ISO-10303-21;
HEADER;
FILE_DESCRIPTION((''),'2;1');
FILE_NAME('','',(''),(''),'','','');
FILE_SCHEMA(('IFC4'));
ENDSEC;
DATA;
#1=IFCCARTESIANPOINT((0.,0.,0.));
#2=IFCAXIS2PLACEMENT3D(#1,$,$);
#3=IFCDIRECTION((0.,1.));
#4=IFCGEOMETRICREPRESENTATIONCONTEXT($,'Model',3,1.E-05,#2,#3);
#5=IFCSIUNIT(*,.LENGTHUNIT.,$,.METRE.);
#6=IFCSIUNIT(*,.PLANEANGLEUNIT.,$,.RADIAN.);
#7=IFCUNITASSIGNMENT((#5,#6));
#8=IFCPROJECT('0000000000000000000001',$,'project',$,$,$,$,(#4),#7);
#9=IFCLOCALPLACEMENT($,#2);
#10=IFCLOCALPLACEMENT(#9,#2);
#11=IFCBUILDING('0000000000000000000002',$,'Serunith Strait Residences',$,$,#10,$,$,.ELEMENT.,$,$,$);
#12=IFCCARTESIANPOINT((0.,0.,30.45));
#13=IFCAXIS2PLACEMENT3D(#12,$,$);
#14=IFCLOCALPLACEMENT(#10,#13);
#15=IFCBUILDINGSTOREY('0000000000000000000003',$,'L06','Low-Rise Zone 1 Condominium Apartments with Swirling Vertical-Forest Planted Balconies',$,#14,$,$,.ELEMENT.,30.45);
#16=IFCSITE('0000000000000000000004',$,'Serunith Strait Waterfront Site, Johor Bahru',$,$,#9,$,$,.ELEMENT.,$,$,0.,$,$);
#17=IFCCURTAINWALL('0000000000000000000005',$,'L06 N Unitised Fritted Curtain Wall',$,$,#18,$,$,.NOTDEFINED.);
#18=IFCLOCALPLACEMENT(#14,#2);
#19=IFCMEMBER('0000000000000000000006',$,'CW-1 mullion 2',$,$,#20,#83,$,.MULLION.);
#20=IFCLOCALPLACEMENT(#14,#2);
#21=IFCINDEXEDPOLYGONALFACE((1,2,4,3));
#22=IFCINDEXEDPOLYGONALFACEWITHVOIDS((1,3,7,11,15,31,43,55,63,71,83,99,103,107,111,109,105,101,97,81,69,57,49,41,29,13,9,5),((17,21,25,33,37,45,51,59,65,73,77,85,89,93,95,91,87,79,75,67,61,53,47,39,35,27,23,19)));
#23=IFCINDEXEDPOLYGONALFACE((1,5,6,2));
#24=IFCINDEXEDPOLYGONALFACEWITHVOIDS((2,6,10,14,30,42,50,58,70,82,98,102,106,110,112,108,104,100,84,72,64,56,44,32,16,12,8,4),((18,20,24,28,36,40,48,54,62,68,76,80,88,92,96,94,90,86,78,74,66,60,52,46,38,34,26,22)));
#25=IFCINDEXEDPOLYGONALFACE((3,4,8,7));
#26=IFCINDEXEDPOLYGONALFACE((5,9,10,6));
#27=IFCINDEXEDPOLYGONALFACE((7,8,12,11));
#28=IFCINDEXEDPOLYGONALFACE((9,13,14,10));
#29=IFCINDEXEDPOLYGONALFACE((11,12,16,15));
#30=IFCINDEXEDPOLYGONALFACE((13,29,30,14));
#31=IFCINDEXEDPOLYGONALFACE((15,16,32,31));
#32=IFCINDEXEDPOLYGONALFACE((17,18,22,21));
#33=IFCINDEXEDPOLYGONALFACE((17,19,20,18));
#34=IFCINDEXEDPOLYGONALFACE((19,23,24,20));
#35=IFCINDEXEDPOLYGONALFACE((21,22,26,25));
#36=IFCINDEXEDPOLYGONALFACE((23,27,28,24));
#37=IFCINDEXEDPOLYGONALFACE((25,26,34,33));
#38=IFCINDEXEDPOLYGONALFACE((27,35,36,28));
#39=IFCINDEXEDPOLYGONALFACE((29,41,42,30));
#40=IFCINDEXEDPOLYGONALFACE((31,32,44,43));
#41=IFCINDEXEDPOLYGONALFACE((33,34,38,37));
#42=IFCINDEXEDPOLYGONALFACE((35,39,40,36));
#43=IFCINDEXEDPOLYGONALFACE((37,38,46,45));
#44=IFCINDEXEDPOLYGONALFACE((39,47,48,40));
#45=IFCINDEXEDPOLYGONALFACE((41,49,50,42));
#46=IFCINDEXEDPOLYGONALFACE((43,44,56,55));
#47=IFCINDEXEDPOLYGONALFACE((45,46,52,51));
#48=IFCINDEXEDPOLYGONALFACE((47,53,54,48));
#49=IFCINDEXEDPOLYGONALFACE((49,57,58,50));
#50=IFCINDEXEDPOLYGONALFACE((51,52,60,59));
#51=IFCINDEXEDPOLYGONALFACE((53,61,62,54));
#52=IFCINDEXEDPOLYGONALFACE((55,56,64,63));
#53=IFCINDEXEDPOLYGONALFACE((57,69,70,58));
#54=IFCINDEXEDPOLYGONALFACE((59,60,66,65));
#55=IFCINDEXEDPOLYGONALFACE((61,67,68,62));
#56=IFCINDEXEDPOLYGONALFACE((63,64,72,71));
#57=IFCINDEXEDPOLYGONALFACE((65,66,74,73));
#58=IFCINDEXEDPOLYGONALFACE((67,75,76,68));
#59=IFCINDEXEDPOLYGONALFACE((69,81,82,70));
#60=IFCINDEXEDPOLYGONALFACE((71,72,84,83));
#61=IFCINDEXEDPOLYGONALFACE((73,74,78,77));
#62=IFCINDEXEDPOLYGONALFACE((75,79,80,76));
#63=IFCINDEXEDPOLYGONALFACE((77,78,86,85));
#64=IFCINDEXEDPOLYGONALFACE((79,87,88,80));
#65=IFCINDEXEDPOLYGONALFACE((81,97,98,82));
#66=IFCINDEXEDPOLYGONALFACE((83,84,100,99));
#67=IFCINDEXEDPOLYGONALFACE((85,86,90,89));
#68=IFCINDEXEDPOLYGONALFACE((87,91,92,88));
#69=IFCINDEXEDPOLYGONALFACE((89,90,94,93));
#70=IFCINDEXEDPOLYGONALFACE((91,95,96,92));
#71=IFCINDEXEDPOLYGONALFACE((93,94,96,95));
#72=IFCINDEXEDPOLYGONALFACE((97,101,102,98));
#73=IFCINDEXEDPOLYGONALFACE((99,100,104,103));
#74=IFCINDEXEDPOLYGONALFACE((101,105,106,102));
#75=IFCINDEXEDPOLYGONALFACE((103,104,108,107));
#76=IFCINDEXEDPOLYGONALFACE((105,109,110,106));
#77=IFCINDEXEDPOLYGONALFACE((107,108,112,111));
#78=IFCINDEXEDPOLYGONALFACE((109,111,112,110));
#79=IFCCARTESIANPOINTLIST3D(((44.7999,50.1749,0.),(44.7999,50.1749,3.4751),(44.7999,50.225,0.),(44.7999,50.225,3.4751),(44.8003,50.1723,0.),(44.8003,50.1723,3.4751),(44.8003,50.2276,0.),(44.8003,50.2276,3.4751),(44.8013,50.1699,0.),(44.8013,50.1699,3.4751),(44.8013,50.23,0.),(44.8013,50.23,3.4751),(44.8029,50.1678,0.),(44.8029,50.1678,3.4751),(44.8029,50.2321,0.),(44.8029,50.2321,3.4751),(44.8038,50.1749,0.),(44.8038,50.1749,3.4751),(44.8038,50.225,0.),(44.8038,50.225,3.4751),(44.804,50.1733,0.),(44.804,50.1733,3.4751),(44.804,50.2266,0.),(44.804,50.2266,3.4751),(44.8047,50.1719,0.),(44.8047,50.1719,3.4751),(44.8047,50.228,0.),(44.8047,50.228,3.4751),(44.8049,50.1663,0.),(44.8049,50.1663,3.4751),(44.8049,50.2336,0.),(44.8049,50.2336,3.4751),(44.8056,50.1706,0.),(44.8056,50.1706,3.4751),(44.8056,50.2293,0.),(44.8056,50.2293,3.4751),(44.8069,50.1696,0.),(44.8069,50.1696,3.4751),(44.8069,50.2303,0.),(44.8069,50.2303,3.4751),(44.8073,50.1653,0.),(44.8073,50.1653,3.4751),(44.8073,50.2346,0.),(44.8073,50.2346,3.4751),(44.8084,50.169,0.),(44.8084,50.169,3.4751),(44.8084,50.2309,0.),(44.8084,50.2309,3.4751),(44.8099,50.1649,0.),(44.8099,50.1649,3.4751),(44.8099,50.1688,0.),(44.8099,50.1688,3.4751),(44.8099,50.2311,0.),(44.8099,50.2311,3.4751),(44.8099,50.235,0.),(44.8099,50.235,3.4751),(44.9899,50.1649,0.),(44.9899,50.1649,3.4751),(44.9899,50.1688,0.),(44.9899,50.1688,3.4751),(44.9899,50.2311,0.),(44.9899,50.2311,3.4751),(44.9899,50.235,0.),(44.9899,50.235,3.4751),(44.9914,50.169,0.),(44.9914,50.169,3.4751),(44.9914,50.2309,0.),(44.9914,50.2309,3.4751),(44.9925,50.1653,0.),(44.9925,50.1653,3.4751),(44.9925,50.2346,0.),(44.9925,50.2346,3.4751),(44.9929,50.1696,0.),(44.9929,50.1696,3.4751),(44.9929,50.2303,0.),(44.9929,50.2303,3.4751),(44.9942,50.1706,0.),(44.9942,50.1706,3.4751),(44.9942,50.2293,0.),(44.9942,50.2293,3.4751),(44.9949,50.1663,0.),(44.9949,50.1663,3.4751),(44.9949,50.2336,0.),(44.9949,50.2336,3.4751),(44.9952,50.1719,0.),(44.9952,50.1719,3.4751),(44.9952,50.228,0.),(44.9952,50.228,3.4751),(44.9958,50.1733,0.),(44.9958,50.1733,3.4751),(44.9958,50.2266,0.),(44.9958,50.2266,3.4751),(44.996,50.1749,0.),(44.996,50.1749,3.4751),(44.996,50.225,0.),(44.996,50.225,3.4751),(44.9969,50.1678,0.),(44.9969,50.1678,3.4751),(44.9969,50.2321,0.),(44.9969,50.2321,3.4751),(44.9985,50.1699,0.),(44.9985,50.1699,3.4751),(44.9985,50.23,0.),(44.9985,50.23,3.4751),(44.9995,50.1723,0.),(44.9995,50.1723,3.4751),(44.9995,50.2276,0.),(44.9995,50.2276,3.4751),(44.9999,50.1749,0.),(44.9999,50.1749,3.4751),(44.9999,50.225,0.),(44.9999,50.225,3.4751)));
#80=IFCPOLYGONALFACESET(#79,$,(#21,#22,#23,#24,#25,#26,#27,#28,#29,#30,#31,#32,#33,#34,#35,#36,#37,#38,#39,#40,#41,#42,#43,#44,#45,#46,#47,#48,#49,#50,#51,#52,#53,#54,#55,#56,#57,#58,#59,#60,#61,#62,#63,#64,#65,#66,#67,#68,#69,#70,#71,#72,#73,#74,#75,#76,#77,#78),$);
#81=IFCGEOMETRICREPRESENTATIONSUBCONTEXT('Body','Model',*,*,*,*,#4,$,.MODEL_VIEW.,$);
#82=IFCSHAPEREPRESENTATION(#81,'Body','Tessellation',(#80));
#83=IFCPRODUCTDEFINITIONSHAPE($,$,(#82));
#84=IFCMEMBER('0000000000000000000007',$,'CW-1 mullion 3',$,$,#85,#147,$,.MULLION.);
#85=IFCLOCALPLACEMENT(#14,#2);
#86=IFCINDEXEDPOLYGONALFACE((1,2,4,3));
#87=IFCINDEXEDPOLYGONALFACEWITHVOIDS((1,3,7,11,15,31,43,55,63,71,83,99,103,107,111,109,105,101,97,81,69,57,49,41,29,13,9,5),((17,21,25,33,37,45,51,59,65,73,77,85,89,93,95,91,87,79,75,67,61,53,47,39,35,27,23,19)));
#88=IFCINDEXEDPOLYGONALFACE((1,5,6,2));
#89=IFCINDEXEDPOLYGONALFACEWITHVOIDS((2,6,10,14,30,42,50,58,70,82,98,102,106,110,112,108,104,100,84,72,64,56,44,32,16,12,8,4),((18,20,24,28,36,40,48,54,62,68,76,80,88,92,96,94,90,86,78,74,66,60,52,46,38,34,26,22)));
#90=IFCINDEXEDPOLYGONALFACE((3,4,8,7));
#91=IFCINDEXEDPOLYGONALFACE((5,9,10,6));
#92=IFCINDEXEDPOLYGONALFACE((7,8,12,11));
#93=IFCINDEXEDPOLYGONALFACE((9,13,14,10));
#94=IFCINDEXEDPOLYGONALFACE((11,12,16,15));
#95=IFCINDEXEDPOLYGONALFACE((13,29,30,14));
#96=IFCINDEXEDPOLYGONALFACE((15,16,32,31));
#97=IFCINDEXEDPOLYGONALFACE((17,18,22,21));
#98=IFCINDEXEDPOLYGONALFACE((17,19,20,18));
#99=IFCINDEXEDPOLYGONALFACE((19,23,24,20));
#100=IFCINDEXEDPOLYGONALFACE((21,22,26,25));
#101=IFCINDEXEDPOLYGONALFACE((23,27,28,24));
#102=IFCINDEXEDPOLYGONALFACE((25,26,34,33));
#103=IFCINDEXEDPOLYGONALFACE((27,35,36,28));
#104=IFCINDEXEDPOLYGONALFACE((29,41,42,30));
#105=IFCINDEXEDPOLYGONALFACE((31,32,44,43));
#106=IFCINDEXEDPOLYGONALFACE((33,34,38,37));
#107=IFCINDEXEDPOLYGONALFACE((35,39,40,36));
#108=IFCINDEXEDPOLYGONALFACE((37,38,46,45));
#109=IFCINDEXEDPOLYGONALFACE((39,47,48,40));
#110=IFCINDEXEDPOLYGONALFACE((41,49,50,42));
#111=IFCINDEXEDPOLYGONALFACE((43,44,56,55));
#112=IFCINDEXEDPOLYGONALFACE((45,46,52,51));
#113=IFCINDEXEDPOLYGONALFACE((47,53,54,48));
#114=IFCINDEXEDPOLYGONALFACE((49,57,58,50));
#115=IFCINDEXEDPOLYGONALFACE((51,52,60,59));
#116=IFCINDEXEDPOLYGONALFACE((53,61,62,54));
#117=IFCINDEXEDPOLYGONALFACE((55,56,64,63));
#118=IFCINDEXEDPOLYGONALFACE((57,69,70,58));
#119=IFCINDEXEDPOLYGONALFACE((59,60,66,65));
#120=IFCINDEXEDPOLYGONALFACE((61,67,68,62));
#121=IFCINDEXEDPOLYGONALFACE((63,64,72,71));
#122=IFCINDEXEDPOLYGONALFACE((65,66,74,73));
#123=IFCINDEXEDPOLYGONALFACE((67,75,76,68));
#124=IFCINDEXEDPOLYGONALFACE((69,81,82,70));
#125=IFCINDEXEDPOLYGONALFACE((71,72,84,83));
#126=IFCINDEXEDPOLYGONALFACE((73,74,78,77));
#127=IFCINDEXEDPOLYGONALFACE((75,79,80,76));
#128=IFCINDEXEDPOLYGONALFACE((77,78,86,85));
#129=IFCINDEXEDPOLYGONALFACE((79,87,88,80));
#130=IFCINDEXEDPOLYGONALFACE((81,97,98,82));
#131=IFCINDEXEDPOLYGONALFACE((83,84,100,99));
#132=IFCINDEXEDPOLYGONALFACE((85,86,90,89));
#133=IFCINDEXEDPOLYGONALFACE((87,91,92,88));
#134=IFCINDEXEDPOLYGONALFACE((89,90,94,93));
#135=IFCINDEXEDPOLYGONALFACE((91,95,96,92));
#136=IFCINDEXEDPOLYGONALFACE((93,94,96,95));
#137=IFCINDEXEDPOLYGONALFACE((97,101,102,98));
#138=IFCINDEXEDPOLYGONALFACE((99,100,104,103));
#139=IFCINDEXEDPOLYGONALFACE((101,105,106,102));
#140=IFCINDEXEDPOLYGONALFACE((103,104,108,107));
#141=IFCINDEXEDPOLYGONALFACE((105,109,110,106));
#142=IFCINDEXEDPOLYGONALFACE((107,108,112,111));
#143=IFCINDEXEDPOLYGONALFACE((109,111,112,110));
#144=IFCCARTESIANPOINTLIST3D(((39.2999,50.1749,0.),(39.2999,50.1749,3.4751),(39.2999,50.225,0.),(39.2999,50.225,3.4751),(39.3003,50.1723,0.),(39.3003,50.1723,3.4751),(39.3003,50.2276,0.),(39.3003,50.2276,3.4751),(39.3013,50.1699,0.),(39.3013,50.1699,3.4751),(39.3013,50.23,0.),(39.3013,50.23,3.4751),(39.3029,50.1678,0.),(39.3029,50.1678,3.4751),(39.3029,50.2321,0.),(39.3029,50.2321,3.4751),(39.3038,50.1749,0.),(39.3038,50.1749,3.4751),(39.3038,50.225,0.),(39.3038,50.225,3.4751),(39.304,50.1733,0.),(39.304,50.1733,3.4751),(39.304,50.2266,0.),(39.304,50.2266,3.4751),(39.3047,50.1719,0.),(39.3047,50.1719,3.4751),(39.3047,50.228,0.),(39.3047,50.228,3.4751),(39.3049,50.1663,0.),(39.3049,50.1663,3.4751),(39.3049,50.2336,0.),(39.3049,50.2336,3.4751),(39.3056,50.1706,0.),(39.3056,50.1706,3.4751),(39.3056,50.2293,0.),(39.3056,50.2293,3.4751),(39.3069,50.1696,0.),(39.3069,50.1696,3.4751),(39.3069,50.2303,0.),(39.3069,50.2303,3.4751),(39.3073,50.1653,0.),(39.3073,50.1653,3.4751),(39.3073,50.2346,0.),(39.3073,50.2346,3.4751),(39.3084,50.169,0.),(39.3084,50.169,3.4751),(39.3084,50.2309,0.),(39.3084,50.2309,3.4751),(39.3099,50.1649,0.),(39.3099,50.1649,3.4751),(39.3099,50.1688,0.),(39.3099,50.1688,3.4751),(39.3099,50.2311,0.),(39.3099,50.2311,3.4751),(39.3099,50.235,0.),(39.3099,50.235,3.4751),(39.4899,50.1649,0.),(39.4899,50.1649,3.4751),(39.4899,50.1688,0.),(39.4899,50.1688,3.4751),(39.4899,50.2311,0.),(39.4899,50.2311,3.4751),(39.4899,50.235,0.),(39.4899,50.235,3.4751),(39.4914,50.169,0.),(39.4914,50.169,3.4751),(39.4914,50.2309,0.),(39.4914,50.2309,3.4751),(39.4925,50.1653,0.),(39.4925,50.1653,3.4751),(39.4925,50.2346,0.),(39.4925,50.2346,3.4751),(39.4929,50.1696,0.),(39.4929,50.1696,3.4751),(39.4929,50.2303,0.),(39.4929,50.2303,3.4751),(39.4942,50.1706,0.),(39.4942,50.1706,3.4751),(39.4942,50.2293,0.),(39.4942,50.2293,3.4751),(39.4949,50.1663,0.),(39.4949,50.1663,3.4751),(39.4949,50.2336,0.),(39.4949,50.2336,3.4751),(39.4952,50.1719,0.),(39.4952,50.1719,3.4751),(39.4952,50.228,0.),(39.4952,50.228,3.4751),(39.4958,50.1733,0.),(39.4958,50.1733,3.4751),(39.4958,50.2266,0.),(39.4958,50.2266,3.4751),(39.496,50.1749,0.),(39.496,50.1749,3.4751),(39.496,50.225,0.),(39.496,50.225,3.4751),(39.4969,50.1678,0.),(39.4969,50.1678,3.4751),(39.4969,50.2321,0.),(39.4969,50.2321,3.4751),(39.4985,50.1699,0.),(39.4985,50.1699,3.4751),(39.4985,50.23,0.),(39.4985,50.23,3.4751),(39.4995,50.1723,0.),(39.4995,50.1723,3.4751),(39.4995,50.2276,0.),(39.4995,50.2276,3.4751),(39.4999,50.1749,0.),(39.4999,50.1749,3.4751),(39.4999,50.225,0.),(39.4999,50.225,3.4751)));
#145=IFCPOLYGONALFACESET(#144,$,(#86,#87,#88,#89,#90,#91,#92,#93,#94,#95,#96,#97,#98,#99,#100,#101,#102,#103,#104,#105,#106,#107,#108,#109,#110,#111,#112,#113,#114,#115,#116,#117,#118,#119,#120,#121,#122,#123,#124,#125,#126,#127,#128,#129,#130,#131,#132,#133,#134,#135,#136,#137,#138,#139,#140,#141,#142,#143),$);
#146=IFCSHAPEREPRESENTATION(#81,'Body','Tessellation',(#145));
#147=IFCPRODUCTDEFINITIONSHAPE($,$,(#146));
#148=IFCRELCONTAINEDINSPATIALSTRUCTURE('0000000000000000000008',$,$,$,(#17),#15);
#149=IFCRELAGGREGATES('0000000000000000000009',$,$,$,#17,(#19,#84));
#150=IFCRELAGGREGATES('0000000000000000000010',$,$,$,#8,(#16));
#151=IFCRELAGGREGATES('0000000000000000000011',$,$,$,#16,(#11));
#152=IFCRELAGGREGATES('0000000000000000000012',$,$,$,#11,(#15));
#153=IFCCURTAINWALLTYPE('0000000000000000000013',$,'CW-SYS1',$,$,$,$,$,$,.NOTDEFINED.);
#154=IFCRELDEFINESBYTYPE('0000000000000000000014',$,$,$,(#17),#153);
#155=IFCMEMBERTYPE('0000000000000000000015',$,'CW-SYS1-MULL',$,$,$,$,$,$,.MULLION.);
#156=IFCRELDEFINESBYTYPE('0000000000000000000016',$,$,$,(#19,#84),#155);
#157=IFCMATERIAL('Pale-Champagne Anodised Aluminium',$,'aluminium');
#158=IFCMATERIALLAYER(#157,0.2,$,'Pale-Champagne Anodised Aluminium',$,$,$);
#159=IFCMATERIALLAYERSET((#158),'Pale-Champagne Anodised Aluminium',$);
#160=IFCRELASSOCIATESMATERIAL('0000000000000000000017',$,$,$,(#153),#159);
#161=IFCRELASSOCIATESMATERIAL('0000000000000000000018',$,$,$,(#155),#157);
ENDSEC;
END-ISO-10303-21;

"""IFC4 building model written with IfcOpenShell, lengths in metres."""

from ifc_helpers import new_model, si_unit, direction, frame, origin, origin_2d, place, context, subcontext, project, spatial, hollow_rectangle, extrude, source, transform, mapped, material, layer, layer_set, material_profile, profile_set, type_object, element, aggregate, save


model = new_model("IFC4")

# Units and contexts
model_context = context("Model", 3, precision=1e-05, world=origin(), true_north=direction((0.0, 1.0)))
body_context = subcontext(model_context, "Body", "Model", "MODEL_VIEW")
ifc_project = project(units=[si_unit("LENGTHUNIT", "METRE"), si_unit("PLANEANGLEUNIT", "RADIAN")], contexts=[model_context])

# Site, building, storey
site_placement = place(None, origin())
site = spatial("IfcSite", under=ifc_project, at=site_placement, Name="Serunith Strait Waterfront Site, Johor Bahru", CompositionType="ELEMENT", RefElevation=0.0)
building_placement = place(site_placement, origin())
building = spatial("IfcBuilding", under=site, at=building_placement, Name="Serunith Strait Residences", CompositionType="ELEMENT")
storey_placement = place(building_placement, frame((0.0, 0.0, 30.45)))
storey = spatial("IfcBuildingStorey", under=building, at=storey_placement, Name="L06", Description="Low-Rise Zone 1 Condominium Apartments with Swirling Vertical-Forest Planted Balconies", CompositionType="ELEMENT", Elevation=30.45)

# Curtain wall, members
ifc_material_1 = material(Name="Pale-Champagne Anodised Aluminium", Category="aluminium")
ifc_layer_1 = layer(ifc_material_1, 0.2, Name="Pale-Champagne Anodised Aluminium")
ifc_layer_set_1 = layer_set([ifc_layer_1], Name="Pale-Champagne Anodised Aluminium")
curtain_wall_type = type_object("IfcCurtainWallType", Name="CW-SYS1", PredefinedType="NOTDEFINED", material=ifc_layer_set_1)
curtain_wall_placement = place(storey_placement, origin())
curtain_wall = element("IfcCurtainWall", 1, at=curtain_wall_placement, inside=storey, type_object=curtain_wall_type, Name="L06 N Unitised Fritted Curtain Wall", PredefinedType="NOTDEFINED")
ifc_material_profile_1 = material_profile(ifc_material_1, hollow_rectangle(XDim=0.0701, YDim=0.2, WallThickness=0.0039, InnerFilletRadius=0.0061, OuterFilletRadius=0.01, at=origin_2d()), Name="ALU 200x70x4")
ifc_profile_set_1 = profile_set([ifc_material_profile_1], Name="Pale-Champagne Anodised Aluminium")
member_type_1 = type_object("IfcMemberType", Name="CW-SYS1-MULL", PredefinedType="MULLION", material=ifc_profile_set_1)
shared_shape_1 = source(origin(), body_context, "Body", "SweptSolid", [
    extrude(hollow_rectangle(XDim=0.0701, YDim=0.2, WallThickness=0.0039, InnerFilletRadius=0.0061, OuterFilletRadius=0.01, at=origin_2d()), origin(), (0.0, 0.0, 1.0), 3.4751),
])
member_1_placement = place(storey_placement, frame((44.8999, 50.2, 0.0), z_axis=(0.0, 0.0, 1.0), x_axis=(0.0, -1.0, 0.0)))
member_1 = element("IfcMember", 2, at=member_1_placement, type_object=member_type_1, Name="CW-1 mullion 2", PredefinedType="MULLION", context=body_context, shape_type="MappedRepresentation", body=[
    mapped(shared_shape_1, transform((0.0, 0.0, 0.0), scale=1.0)),
])
member_2_placement = place(storey_placement, frame((39.3999, 50.2, 0.0), z_axis=(0.0, 0.0, 1.0), x_axis=(0.0, -1.0, 0.0)))
member_2 = element("IfcMember", 3, at=member_2_placement, type_object=member_type_1, Name="CW-1 mullion 3", PredefinedType="MULLION", context=body_context, shape_type="MappedRepresentation", body=[
    mapped(shared_shape_1, transform((0.0, 0.0, 0.0), scale=1.0)),
])
aggregate(curtain_wall, [member_1, member_2])

save(model, "model.ifc")
